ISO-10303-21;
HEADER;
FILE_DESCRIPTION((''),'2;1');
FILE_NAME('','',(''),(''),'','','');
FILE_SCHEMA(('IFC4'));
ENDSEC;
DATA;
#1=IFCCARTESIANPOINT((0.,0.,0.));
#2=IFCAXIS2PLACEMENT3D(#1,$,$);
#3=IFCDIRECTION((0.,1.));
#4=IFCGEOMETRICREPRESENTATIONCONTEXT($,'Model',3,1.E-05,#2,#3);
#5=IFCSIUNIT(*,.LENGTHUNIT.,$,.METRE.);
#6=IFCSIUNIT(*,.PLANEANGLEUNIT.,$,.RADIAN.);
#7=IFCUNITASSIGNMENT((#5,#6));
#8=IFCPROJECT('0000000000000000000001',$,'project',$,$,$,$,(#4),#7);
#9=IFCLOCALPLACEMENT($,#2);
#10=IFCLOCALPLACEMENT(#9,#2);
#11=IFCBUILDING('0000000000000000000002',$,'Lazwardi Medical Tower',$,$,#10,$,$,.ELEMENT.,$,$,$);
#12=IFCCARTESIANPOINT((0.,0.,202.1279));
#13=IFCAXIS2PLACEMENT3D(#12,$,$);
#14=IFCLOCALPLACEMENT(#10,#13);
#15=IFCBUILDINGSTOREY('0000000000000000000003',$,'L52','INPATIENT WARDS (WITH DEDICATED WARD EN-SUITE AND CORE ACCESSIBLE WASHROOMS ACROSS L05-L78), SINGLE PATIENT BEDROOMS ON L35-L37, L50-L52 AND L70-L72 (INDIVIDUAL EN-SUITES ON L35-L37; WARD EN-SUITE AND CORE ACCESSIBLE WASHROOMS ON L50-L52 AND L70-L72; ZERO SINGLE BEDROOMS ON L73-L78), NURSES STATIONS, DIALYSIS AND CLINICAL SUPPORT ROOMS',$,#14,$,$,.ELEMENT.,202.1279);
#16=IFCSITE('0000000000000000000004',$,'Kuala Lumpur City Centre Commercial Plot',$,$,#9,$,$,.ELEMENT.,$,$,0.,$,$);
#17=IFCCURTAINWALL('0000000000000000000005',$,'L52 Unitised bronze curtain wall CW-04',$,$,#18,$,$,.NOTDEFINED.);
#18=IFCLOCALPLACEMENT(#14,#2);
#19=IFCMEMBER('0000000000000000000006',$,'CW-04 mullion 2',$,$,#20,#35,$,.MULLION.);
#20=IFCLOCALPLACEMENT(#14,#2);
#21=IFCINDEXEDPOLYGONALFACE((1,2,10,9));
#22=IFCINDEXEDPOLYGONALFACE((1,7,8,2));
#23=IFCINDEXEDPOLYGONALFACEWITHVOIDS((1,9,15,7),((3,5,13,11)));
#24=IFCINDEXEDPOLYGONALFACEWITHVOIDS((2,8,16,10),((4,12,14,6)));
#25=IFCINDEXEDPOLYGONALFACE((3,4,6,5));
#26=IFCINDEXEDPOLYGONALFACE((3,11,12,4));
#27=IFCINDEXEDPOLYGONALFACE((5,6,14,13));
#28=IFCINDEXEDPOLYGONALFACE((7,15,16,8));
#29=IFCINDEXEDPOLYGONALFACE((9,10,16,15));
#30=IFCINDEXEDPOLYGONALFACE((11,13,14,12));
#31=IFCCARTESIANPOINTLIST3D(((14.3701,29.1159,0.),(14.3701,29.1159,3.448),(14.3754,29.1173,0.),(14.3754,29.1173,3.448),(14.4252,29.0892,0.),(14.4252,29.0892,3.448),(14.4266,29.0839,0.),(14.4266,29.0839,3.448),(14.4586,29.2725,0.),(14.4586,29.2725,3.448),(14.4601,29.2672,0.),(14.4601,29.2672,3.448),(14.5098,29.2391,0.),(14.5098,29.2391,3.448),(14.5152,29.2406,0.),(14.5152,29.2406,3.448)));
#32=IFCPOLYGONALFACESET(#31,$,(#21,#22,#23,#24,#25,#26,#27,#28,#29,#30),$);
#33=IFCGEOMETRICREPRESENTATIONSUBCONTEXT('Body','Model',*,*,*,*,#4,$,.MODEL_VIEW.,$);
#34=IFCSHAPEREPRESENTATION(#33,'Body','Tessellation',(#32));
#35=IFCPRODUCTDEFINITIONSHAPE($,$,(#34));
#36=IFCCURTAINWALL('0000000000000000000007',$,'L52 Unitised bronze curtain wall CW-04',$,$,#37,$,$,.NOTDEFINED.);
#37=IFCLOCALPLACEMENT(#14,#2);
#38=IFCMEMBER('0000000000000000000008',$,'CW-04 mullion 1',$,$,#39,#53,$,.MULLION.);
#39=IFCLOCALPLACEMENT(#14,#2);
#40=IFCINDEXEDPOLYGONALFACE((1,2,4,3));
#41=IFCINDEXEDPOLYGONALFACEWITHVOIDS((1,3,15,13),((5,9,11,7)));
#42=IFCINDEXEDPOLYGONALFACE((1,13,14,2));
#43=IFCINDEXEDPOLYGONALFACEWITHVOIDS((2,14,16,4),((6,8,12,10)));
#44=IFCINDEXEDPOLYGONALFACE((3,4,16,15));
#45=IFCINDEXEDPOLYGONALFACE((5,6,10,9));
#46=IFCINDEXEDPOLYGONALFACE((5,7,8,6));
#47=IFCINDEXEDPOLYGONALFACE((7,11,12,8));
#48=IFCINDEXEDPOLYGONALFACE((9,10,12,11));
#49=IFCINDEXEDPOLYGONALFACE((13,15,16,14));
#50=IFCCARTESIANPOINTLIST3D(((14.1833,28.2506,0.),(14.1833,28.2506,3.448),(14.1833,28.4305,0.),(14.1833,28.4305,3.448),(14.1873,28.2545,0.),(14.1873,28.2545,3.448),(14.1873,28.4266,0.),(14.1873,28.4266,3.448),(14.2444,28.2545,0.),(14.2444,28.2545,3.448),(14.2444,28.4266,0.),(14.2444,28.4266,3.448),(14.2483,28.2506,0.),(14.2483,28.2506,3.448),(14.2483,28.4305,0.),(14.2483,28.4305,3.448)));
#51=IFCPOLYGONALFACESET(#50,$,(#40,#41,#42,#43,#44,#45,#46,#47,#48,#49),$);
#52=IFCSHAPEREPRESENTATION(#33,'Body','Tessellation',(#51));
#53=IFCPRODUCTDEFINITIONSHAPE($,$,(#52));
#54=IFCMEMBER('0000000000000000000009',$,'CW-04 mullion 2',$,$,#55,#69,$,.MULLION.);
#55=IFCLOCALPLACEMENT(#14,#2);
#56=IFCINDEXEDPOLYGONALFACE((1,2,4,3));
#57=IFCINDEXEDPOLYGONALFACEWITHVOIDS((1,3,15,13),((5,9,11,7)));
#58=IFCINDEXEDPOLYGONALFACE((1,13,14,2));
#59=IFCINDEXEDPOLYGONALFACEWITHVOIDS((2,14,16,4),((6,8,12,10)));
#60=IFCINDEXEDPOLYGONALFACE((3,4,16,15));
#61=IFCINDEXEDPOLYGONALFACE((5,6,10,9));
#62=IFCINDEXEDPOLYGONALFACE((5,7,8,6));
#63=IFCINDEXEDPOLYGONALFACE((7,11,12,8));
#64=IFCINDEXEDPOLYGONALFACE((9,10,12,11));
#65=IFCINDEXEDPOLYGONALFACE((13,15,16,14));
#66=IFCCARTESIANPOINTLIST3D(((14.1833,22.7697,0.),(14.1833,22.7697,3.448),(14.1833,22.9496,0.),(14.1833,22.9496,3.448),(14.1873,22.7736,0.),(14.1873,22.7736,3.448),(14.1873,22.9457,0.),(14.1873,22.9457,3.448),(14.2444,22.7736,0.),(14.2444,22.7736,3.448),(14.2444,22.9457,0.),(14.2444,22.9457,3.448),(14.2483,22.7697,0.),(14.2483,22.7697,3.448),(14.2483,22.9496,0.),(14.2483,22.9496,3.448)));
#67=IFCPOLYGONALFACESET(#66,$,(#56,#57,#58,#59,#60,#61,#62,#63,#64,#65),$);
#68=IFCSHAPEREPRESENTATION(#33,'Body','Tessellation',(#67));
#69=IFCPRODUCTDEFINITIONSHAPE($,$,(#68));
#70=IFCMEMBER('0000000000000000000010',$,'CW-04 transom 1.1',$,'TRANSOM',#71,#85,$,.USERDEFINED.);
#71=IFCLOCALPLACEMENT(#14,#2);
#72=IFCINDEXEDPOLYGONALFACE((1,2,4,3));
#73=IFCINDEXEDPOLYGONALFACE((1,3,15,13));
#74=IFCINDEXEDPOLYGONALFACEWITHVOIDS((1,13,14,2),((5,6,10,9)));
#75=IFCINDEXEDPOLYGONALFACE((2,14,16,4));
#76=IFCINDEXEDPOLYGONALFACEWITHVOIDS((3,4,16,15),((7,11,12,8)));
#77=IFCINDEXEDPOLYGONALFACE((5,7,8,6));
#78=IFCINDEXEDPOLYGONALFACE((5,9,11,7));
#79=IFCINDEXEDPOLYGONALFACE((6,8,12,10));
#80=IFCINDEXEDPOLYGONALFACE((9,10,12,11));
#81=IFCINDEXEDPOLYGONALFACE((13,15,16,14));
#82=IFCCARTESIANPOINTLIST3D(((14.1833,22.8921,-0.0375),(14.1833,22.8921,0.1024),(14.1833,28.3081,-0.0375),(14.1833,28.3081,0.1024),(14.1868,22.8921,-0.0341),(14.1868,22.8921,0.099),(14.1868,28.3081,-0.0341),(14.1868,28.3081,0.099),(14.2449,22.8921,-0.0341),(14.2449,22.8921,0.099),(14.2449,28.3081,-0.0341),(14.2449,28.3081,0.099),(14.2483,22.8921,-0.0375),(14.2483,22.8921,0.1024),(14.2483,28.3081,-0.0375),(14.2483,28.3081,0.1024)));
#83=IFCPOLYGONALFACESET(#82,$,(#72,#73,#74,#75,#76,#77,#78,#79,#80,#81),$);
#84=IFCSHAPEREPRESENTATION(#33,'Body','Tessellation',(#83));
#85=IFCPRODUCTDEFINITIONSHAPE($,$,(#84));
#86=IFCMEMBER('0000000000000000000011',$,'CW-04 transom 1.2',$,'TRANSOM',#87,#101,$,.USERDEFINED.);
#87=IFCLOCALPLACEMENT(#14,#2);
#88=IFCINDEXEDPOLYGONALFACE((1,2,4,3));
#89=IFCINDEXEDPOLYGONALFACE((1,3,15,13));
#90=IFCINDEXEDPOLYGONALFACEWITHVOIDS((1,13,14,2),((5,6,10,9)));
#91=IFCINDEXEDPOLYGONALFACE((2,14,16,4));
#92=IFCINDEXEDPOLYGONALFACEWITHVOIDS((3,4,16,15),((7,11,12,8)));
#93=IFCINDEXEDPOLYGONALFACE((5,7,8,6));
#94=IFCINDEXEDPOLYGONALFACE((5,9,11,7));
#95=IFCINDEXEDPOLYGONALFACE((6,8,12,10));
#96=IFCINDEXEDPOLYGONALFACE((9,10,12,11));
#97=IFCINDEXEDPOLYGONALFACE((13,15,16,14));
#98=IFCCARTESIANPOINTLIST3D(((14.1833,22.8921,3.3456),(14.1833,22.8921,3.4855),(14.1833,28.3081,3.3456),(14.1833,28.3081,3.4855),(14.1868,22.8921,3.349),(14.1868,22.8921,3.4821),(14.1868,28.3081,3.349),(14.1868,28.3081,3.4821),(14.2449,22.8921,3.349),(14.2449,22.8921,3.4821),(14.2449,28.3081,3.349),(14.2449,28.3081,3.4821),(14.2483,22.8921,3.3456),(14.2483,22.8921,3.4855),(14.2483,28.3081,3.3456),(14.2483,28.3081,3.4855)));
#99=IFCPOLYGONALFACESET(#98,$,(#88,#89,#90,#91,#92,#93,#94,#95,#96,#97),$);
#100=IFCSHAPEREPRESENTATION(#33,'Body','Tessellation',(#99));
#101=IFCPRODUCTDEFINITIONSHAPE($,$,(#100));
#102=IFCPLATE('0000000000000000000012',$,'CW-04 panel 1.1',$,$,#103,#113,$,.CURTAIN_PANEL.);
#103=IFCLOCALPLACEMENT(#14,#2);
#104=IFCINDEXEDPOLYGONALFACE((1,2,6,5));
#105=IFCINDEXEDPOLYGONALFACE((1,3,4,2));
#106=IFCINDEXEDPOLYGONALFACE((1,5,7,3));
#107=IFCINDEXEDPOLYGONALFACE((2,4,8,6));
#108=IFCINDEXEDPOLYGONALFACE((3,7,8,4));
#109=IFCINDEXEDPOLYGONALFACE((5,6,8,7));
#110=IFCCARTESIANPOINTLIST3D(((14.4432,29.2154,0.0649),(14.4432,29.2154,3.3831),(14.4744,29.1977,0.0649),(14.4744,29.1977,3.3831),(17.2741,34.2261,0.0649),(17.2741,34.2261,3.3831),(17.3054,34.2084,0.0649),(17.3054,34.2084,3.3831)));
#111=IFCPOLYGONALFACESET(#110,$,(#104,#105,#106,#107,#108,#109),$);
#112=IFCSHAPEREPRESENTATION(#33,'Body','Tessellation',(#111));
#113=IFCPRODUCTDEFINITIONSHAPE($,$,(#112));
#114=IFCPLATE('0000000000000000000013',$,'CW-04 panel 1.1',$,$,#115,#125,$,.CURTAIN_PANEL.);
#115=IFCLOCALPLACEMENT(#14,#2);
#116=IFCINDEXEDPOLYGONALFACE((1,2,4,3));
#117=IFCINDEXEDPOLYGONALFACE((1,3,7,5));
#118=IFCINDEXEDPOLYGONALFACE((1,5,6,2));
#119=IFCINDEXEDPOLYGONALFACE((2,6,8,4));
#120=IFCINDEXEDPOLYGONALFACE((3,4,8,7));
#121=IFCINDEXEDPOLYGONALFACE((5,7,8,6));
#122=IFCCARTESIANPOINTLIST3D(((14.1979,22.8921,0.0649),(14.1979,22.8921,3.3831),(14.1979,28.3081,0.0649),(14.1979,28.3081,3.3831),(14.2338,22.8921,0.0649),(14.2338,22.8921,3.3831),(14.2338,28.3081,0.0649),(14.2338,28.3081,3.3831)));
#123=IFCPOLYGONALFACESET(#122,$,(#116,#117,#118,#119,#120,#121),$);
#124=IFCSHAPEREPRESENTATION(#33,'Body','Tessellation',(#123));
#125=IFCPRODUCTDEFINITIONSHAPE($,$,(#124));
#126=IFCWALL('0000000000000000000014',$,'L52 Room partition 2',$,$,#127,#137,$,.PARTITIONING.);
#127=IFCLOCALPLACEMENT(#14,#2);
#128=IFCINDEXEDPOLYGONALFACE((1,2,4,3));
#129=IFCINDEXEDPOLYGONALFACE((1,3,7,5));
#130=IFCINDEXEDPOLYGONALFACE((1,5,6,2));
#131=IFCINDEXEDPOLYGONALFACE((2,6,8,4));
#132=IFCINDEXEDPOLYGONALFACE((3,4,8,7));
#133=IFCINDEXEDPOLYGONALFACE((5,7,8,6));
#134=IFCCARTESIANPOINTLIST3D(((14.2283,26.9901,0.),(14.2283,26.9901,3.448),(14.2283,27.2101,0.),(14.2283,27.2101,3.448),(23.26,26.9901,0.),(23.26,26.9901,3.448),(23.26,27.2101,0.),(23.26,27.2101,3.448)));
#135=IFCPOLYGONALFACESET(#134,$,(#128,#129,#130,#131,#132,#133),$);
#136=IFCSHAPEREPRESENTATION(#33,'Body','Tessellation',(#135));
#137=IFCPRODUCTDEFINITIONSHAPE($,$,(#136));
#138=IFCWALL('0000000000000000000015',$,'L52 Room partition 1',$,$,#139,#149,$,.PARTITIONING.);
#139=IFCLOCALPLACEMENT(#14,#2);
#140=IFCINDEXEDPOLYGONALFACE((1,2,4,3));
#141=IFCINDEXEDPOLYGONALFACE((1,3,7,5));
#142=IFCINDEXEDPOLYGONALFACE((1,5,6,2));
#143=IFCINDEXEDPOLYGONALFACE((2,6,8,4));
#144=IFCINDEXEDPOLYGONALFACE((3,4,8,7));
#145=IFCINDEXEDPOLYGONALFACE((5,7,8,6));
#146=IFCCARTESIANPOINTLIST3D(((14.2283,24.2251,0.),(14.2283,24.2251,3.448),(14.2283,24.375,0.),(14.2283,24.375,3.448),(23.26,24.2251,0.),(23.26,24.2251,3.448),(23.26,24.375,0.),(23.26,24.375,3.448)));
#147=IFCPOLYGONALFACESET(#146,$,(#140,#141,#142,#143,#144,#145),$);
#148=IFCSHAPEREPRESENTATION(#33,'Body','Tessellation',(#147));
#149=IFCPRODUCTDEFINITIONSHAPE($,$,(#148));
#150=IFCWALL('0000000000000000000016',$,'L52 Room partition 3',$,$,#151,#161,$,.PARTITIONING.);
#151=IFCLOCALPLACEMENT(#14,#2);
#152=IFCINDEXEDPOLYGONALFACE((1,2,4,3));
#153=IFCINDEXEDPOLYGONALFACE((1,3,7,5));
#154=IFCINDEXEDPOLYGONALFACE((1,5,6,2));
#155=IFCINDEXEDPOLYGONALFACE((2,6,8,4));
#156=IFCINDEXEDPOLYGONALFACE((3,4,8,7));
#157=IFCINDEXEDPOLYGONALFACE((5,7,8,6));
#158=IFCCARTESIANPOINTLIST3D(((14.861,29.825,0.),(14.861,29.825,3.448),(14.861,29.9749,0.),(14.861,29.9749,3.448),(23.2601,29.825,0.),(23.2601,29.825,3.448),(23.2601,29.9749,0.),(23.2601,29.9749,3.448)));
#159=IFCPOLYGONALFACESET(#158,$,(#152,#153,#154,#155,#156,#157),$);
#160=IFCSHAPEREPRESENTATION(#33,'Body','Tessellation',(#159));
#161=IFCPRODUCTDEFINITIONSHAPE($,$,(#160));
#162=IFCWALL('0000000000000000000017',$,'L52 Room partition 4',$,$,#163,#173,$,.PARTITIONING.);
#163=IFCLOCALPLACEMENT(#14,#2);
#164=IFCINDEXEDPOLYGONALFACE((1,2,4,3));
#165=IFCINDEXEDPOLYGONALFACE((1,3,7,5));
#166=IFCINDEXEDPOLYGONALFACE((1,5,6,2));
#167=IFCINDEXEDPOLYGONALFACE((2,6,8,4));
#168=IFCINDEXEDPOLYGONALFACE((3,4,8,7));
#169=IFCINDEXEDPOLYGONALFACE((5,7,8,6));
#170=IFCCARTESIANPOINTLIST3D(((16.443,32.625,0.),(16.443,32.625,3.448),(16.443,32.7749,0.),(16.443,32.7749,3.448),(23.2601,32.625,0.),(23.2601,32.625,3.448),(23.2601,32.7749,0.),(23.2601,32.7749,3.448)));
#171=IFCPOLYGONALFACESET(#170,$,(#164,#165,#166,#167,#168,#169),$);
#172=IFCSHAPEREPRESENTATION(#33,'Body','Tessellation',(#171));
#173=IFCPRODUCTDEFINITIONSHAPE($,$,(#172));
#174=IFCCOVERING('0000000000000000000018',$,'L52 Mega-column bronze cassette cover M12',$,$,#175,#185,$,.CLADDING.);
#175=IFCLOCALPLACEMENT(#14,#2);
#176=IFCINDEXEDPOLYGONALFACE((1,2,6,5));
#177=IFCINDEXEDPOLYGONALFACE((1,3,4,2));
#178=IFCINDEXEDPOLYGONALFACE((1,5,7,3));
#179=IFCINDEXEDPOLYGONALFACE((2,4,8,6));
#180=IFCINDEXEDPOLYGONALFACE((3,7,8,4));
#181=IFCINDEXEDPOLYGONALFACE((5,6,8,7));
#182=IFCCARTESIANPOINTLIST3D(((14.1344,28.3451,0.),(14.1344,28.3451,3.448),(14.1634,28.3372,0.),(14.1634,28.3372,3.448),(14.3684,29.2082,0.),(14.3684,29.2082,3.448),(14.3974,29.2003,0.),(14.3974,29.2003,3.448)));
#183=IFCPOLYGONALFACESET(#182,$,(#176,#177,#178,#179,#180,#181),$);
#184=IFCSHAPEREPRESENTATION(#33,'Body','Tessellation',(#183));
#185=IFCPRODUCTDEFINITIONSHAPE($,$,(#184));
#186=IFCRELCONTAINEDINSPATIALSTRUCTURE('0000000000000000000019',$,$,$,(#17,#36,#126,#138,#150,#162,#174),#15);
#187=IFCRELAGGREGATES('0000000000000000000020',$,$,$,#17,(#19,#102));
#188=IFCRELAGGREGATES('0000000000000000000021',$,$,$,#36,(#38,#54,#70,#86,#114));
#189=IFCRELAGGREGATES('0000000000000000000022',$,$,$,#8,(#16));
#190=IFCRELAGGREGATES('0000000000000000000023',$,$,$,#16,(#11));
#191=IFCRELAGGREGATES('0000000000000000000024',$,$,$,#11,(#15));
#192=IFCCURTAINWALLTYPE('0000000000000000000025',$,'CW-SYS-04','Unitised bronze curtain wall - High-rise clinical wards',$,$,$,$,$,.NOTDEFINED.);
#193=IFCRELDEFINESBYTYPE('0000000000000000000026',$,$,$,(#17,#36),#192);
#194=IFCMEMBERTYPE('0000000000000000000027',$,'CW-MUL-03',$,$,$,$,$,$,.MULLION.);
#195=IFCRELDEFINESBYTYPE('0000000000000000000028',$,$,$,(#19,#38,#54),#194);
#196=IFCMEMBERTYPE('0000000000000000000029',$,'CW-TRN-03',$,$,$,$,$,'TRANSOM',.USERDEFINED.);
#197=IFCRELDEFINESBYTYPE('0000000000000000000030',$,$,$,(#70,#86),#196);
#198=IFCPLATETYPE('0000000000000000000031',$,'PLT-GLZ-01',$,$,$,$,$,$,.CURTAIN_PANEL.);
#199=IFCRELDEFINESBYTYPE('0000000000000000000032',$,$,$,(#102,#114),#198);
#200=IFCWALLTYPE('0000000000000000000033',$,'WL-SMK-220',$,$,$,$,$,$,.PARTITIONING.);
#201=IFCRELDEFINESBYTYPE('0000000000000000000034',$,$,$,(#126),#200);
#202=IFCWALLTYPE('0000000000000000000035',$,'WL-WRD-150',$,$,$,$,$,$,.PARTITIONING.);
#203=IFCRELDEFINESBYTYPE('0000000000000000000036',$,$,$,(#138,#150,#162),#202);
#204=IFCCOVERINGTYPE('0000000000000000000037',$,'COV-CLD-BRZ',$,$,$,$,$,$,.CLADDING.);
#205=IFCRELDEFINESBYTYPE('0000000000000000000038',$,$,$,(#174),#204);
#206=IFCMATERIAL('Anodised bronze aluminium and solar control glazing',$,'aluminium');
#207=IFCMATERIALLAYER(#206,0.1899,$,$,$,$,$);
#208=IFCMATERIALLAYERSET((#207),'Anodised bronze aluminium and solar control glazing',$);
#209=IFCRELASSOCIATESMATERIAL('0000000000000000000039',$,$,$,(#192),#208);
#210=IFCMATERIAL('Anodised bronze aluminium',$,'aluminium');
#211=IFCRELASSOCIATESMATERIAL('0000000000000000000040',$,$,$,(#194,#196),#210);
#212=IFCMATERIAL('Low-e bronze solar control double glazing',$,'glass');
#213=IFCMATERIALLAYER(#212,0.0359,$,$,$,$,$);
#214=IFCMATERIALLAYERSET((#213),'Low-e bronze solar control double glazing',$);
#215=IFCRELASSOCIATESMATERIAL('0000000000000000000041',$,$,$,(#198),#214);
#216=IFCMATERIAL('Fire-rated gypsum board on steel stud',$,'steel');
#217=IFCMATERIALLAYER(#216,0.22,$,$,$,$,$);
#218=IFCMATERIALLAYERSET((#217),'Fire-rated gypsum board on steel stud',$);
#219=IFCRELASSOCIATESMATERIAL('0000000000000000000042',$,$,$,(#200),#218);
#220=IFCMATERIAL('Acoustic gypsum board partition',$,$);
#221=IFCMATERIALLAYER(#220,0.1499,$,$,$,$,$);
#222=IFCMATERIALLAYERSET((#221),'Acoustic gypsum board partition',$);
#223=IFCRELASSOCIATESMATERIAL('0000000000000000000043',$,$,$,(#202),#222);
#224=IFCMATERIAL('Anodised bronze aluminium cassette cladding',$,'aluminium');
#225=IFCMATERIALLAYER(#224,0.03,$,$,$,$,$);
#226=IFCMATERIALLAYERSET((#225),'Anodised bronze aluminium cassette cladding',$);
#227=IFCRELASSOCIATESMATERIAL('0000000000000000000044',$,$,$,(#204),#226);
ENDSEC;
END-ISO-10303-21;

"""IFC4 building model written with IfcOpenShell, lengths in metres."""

from ifc_helpers import new_model, si_unit, direction, frame, frame_2d, origin, origin_2d, place, context, subcontext, project, spatial, rectangle, hollow_rectangle, extrude, material, layer, layer_set, material_profile, profile_set, type_object, element, aggregate, save


model = new_model("IFC4")

# Units and contexts
model_context = context("Model", 3, precision=1e-05, world=origin(), true_north=direction((0.0, 1.0)))
body_context = subcontext(model_context, "Body", "Model", "MODEL_VIEW")
ifc_project = project(units=[si_unit("LENGTHUNIT", "METRE"), si_unit("PLANEANGLEUNIT", "RADIAN")], contexts=[model_context])

# Site, building, storey
site_placement = place(None, origin())
site = spatial("IfcSite", under=ifc_project, at=site_placement, Name="Kuala Lumpur City Centre Commercial Plot", CompositionType="ELEMENT", RefElevation=0.0)
building_placement = place(site_placement, origin())
building = spatial("IfcBuilding", under=site, at=building_placement, Name="Lazwardi Medical Tower", CompositionType="ELEMENT")
storey_placement = place(building_placement, frame((0.0, 0.0, 202.1279)))
storey = spatial("IfcBuildingStorey", under=building, at=storey_placement, Name="L52", Description="INPATIENT WARDS (WITH DEDICATED WARD EN-SUITE AND CORE ACCESSIBLE WASHROOMS ACROSS L05-L78), SINGLE PATIENT BEDROOMS ON L35-L37, L50-L52 AND L70-L72 (INDIVIDUAL EN-SUITES ON L35-L37; WARD EN-SUITE AND CORE ACCESSIBLE WASHROOMS ON L50-L52 AND L70-L72; ZERO SINGLE BEDROOMS ON L73-L78), NURSES STATIONS, DIALYSIS AND CLINICAL SUPPORT ROOMS", CompositionType="ELEMENT", Elevation=202.1279)

# Curtain wall, member
ifc_material_1 = material(Name="Anodised bronze aluminium and solar control glazing", Category="aluminium")
ifc_layer_1 = layer(ifc_material_1, 0.1899)
ifc_layer_set_1 = layer_set([ifc_layer_1], Name="Anodised bronze aluminium and solar control glazing")
curtain_wall_type = type_object("IfcCurtainWallType", Name="CW-SYS-04", Description="Unitised bronze curtain wall - High-rise clinical wards", PredefinedType="NOTDEFINED", material=ifc_layer_set_1)
curtain_wall_1_placement = place(storey_placement, origin())
curtain_wall_1 = element("IfcCurtainWall", 1, at=curtain_wall_1_placement, inside=storey, type_object=curtain_wall_type, Name="L52 Unitised bronze curtain wall CW-04", PredefinedType="NOTDEFINED")
ifc_material_2 = material(Name="Anodised bronze aluminium", Category="aluminium")
ifc_material_profile_1 = material_profile(ifc_material_2, hollow_rectangle(XDim=0.0649, YDim=0.1799, WallThickness=0.0039, at=origin_2d()), Name="ALU-MULLION 180x65x4")
ifc_profile_set_1 = profile_set([ifc_material_profile_1], Name="Anodised bronze aluminium")
member_type_1 = type_object("IfcMemberType", Name="CW-MUL-03", PredefinedType="MULLION", material=ifc_profile_set_1)
member_1_placement = place(storey_placement, frame((14.4426, 29.1782, 0.0), z_axis=(0.0, 0.0, 1.0), x_axis=(0.870651, -0.4919, 0.0)))
member_1 = element("IfcMember", 2, at=member_1_placement, type_object=member_type_1, Name="CW-04 mullion 2", PredefinedType="MULLION", context=body_context, shape_type="SweptSolid", body=[
    extrude(hollow_rectangle(XDim=0.0649, YDim=0.1799, WallThickness=0.0039, at=origin_2d()), origin(), (0.0, 0.0, 1.0), 3.448),
])

# Curtain wall, members
curtain_wall_2_placement = place(storey_placement, origin())
curtain_wall_2 = element("IfcCurtainWall", 3, at=curtain_wall_2_placement, inside=storey, type_object=curtain_wall_type, Name="L52 Unitised bronze curtain wall CW-04", PredefinedType="NOTDEFINED")
member_2_placement = place(storey_placement, frame((14.2158, 28.3406, 0.0), z_axis=(0.0, 0.0, 1.0), x_axis=(1.0, 0.0, 0.0)))
member_2 = element("IfcMember", 4, at=member_2_placement, type_object=member_type_1, Name="CW-04 mullion 1", PredefinedType="MULLION", context=body_context, shape_type="SweptSolid", body=[
    extrude(hollow_rectangle(XDim=0.0649, YDim=0.1799, WallThickness=0.0039, at=origin_2d()), origin(), (0.0, 0.0, 1.0), 3.448),
])
member_3_placement = place(storey_placement, frame((14.2158, 22.8596, 0.0), z_axis=(0.0, 0.0, 1.0), x_axis=(1.0, 0.0, 0.0)))
member_3 = element("IfcMember", 5, at=member_3_placement, type_object=member_type_1, Name="CW-04 mullion 2", PredefinedType="MULLION", context=body_context, shape_type="SweptSolid", body=[
    extrude(hollow_rectangle(XDim=0.0649, YDim=0.1799, WallThickness=0.0039, at=origin_2d()), origin(), (0.0, 0.0, 1.0), 3.448),
])
ifc_material_profile_2 = material_profile(ifc_material_2, hollow_rectangle(XDim=0.0649, YDim=0.1399, WallThickness=0.0034, at=origin_2d()), Name="ALU-TRANSOM 140x65x3.5")
ifc_profile_set_2 = profile_set([ifc_material_profile_2], Name="Anodised bronze aluminium")
member_type_2 = type_object("IfcMemberType", Name="CW-TRN-03", ElementType="TRANSOM", PredefinedType="USERDEFINED", material=ifc_profile_set_2)
member_4_placement = place(storey_placement, frame((14.2158, 28.3081, 0.0325), z_axis=(0.0, -1.0, 0.0), x_axis=(1.0, 0.0, 0.0)))
member_4 = element("IfcMember", 6, at=member_4_placement, type_object=member_type_2, Name="CW-04 transom 1.1", ObjectType="TRANSOM", PredefinedType="USERDEFINED", context=body_context, shape_type="SweptSolid", body=[
    extrude(hollow_rectangle(XDim=0.0649, YDim=0.1399, WallThickness=0.0034, at=origin_2d()), origin(), (0.0, 0.0, 1.0), 5.416),
])
member_5_placement = place(storey_placement, frame((14.2158, 28.3081, 3.4155), z_axis=(0.0, -1.0, 0.0), x_axis=(1.0, 0.0, 0.0)))
member_5 = element("IfcMember", 7, at=member_5_placement, type_object=member_type_2, Name="CW-04 transom 1.2", ObjectType="TRANSOM", PredefinedType="USERDEFINED", context=body_context, shape_type="SweptSolid", body=[
    extrude(hollow_rectangle(XDim=0.0649, YDim=0.1399, WallThickness=0.0034, at=origin_2d()), origin(), (0.0, 0.0, 1.0), 5.416),
])

# Plates
ifc_material_3 = material(Name="Low-e bronze solar control double glazing", Category="glass")
ifc_layer_2 = layer(ifc_material_3, 0.0359)
ifc_layer_set_2 = layer_set([ifc_layer_2], Name="Low-e bronze solar control double glazing")
plate_type = type_object("IfcPlateType", Name="PLT-GLZ-01", PredefinedType="CURTAIN_PANEL", material=ifc_layer_set_2)
plate_1_placement = place(storey_placement, frame((15.8743, 31.7119, 0.0649), z_axis=(0.0, 0.0, 1.0), x_axis=(-0.4919, -0.870651, 0.0)))
plate_1 = element("IfcPlate", 8, at=plate_1_placement, type_object=plate_type, Name="CW-04 panel 1.1", PredefinedType="CURTAIN_PANEL", context=body_context, shape_type="SweptSolid", body=[
    extrude(rectangle(XDim=5.7551, YDim=0.0359, at=origin_2d()), origin(), (0.0, 0.0, 1.0), 3.3181),
])
aggregate(curtain_wall_1, [member_1, plate_1])
plate_2_placement = place(storey_placement, frame((14.2158, 25.6001, 0.0649), z_axis=(0.0, 0.0, 1.0), x_axis=(0.0, -1.0, 0.0)))
plate_2 = element("IfcPlate", 9, at=plate_2_placement, type_object=plate_type, Name="CW-04 panel 1.1", PredefinedType="CURTAIN_PANEL", context=body_context, shape_type="SweptSolid", body=[
    extrude(rectangle(XDim=5.416, YDim=0.0359, at=origin_2d()), origin(), (0.0, 0.0, 1.0), 3.3181),
])
aggregate(curtain_wall_2, [member_2, member_3, member_4, member_5, plate_2])

# Walls
ifc_material_4 = material(Name="Fire-rated gypsum board on steel stud", Category="steel")
ifc_layer_3 = layer(ifc_material_4, 0.22)
ifc_layer_set_3 = layer_set([ifc_layer_3], Name="Fire-rated gypsum board on steel stud")
wall_type_1 = type_object("IfcWallType", Name="WL-SMK-220", PredefinedType="PARTITIONING", material=ifc_layer_set_3)
wall_1_placement = place(storey_placement, frame((14.2283, 27.1001, 0.0), z_axis=(0.0, 0.0, 1.0), x_axis=(1.0, 0.0, 0.0)))
element("IfcWall", 10, at=wall_1_placement, inside=storey, type_object=wall_type_1, Name="L52 Room partition 2", PredefinedType="PARTITIONING", context=body_context, shape_type="SweptSolid", body=[
    extrude(rectangle(XDim=9.0317, YDim=0.22, at=frame_2d((4.5159, 0.0))), origin(), (0.0, 0.0, 1.0), 3.448),
])
ifc_material_5 = material(Name="Acoustic gypsum board partition")
ifc_layer_4 = layer(ifc_material_5, 0.1499)
ifc_layer_set_4 = layer_set([ifc_layer_4], Name="Acoustic gypsum board partition")
wall_type_2 = type_object("IfcWallType", Name="WL-WRD-150", PredefinedType="PARTITIONING", material=ifc_layer_set_4)
wall_2_placement = place(storey_placement, frame((14.2283, 24.3, 0.0), z_axis=(0.0, 0.0, 1.0), x_axis=(1.0, 0.0, 0.0)))
element("IfcWall", 11, at=wall_2_placement, inside=storey, type_object=wall_type_2, Name="L52 Room partition 1", PredefinedType="PARTITIONING", context=body_context, shape_type="SweptSolid", body=[
    extrude(rectangle(XDim=9.0317, YDim=0.1499, at=frame_2d((4.5159, 0.0))), origin(), (0.0, 0.0, 1.0), 3.448),
])
wall_3_placement = place(storey_placement, frame((14.8608, 29.8999, 0.0), z_axis=(0.0, 0.0, 1.0), x_axis=(1.0, 0.0, 0.0)))
element("IfcWall", 12, at=wall_3_placement, inside=storey, type_object=wall_type_2, Name="L52 Room partition 3", PredefinedType="PARTITIONING", context=body_context, shape_type="SweptSolid", body=[
    extrude(rectangle(XDim=8.3992, YDim=0.1499, at=frame_2d((4.1997, 0.0))), origin(), (0.0, 0.0, 1.0), 3.448),
])
wall_4_placement = place(storey_placement, frame((16.4429, 32.7, 0.0), z_axis=(0.0, 0.0, 1.0), x_axis=(1.0, 0.0, 0.0)))
element("IfcWall", 13, at=wall_4_placement, inside=storey, type_object=wall_type_2, Name="L52 Room partition 4", PredefinedType="PARTITIONING", context=body_context, shape_type="SweptSolid", body=[
    extrude(rectangle(XDim=6.8171, YDim=0.1499, at=frame_2d((3.4087, 0.0))), origin(), (0.0, 0.0, 1.0), 3.448),
])

# Covering
ifc_material_6 = material(Name="Anodised bronze aluminium cassette cladding", Category="aluminium")
ifc_layer_5 = layer(ifc_material_6, 0.03)
ifc_layer_set_5 = layer_set([ifc_layer_5], Name="Anodised bronze aluminium cassette cladding")
covering_type = type_object("IfcCoveringType", Name="COV-CLD-BRZ", PredefinedType="CLADDING", material=ifc_layer_set_5)
covering_placement = place(storey_placement, frame((14.2659, 28.7727, 0.0), z_axis=(0.0, 0.0, 1.0), x_axis=(-0.261642, -0.965165, 0.0)))
element("IfcCovering", 14, at=covering_placement, inside=storey, type_object=covering_type, Name="L52 Mega-column bronze cassette cover M12", PredefinedType="CLADDING", context=body_context, shape_type="SweptSolid", body=[
    extrude(rectangle(XDim=0.8943, YDim=0.03, at=origin_2d()), origin(), (0.0, 0.0, 1.0), 3.448),
])

save(model, "model.ifc")
